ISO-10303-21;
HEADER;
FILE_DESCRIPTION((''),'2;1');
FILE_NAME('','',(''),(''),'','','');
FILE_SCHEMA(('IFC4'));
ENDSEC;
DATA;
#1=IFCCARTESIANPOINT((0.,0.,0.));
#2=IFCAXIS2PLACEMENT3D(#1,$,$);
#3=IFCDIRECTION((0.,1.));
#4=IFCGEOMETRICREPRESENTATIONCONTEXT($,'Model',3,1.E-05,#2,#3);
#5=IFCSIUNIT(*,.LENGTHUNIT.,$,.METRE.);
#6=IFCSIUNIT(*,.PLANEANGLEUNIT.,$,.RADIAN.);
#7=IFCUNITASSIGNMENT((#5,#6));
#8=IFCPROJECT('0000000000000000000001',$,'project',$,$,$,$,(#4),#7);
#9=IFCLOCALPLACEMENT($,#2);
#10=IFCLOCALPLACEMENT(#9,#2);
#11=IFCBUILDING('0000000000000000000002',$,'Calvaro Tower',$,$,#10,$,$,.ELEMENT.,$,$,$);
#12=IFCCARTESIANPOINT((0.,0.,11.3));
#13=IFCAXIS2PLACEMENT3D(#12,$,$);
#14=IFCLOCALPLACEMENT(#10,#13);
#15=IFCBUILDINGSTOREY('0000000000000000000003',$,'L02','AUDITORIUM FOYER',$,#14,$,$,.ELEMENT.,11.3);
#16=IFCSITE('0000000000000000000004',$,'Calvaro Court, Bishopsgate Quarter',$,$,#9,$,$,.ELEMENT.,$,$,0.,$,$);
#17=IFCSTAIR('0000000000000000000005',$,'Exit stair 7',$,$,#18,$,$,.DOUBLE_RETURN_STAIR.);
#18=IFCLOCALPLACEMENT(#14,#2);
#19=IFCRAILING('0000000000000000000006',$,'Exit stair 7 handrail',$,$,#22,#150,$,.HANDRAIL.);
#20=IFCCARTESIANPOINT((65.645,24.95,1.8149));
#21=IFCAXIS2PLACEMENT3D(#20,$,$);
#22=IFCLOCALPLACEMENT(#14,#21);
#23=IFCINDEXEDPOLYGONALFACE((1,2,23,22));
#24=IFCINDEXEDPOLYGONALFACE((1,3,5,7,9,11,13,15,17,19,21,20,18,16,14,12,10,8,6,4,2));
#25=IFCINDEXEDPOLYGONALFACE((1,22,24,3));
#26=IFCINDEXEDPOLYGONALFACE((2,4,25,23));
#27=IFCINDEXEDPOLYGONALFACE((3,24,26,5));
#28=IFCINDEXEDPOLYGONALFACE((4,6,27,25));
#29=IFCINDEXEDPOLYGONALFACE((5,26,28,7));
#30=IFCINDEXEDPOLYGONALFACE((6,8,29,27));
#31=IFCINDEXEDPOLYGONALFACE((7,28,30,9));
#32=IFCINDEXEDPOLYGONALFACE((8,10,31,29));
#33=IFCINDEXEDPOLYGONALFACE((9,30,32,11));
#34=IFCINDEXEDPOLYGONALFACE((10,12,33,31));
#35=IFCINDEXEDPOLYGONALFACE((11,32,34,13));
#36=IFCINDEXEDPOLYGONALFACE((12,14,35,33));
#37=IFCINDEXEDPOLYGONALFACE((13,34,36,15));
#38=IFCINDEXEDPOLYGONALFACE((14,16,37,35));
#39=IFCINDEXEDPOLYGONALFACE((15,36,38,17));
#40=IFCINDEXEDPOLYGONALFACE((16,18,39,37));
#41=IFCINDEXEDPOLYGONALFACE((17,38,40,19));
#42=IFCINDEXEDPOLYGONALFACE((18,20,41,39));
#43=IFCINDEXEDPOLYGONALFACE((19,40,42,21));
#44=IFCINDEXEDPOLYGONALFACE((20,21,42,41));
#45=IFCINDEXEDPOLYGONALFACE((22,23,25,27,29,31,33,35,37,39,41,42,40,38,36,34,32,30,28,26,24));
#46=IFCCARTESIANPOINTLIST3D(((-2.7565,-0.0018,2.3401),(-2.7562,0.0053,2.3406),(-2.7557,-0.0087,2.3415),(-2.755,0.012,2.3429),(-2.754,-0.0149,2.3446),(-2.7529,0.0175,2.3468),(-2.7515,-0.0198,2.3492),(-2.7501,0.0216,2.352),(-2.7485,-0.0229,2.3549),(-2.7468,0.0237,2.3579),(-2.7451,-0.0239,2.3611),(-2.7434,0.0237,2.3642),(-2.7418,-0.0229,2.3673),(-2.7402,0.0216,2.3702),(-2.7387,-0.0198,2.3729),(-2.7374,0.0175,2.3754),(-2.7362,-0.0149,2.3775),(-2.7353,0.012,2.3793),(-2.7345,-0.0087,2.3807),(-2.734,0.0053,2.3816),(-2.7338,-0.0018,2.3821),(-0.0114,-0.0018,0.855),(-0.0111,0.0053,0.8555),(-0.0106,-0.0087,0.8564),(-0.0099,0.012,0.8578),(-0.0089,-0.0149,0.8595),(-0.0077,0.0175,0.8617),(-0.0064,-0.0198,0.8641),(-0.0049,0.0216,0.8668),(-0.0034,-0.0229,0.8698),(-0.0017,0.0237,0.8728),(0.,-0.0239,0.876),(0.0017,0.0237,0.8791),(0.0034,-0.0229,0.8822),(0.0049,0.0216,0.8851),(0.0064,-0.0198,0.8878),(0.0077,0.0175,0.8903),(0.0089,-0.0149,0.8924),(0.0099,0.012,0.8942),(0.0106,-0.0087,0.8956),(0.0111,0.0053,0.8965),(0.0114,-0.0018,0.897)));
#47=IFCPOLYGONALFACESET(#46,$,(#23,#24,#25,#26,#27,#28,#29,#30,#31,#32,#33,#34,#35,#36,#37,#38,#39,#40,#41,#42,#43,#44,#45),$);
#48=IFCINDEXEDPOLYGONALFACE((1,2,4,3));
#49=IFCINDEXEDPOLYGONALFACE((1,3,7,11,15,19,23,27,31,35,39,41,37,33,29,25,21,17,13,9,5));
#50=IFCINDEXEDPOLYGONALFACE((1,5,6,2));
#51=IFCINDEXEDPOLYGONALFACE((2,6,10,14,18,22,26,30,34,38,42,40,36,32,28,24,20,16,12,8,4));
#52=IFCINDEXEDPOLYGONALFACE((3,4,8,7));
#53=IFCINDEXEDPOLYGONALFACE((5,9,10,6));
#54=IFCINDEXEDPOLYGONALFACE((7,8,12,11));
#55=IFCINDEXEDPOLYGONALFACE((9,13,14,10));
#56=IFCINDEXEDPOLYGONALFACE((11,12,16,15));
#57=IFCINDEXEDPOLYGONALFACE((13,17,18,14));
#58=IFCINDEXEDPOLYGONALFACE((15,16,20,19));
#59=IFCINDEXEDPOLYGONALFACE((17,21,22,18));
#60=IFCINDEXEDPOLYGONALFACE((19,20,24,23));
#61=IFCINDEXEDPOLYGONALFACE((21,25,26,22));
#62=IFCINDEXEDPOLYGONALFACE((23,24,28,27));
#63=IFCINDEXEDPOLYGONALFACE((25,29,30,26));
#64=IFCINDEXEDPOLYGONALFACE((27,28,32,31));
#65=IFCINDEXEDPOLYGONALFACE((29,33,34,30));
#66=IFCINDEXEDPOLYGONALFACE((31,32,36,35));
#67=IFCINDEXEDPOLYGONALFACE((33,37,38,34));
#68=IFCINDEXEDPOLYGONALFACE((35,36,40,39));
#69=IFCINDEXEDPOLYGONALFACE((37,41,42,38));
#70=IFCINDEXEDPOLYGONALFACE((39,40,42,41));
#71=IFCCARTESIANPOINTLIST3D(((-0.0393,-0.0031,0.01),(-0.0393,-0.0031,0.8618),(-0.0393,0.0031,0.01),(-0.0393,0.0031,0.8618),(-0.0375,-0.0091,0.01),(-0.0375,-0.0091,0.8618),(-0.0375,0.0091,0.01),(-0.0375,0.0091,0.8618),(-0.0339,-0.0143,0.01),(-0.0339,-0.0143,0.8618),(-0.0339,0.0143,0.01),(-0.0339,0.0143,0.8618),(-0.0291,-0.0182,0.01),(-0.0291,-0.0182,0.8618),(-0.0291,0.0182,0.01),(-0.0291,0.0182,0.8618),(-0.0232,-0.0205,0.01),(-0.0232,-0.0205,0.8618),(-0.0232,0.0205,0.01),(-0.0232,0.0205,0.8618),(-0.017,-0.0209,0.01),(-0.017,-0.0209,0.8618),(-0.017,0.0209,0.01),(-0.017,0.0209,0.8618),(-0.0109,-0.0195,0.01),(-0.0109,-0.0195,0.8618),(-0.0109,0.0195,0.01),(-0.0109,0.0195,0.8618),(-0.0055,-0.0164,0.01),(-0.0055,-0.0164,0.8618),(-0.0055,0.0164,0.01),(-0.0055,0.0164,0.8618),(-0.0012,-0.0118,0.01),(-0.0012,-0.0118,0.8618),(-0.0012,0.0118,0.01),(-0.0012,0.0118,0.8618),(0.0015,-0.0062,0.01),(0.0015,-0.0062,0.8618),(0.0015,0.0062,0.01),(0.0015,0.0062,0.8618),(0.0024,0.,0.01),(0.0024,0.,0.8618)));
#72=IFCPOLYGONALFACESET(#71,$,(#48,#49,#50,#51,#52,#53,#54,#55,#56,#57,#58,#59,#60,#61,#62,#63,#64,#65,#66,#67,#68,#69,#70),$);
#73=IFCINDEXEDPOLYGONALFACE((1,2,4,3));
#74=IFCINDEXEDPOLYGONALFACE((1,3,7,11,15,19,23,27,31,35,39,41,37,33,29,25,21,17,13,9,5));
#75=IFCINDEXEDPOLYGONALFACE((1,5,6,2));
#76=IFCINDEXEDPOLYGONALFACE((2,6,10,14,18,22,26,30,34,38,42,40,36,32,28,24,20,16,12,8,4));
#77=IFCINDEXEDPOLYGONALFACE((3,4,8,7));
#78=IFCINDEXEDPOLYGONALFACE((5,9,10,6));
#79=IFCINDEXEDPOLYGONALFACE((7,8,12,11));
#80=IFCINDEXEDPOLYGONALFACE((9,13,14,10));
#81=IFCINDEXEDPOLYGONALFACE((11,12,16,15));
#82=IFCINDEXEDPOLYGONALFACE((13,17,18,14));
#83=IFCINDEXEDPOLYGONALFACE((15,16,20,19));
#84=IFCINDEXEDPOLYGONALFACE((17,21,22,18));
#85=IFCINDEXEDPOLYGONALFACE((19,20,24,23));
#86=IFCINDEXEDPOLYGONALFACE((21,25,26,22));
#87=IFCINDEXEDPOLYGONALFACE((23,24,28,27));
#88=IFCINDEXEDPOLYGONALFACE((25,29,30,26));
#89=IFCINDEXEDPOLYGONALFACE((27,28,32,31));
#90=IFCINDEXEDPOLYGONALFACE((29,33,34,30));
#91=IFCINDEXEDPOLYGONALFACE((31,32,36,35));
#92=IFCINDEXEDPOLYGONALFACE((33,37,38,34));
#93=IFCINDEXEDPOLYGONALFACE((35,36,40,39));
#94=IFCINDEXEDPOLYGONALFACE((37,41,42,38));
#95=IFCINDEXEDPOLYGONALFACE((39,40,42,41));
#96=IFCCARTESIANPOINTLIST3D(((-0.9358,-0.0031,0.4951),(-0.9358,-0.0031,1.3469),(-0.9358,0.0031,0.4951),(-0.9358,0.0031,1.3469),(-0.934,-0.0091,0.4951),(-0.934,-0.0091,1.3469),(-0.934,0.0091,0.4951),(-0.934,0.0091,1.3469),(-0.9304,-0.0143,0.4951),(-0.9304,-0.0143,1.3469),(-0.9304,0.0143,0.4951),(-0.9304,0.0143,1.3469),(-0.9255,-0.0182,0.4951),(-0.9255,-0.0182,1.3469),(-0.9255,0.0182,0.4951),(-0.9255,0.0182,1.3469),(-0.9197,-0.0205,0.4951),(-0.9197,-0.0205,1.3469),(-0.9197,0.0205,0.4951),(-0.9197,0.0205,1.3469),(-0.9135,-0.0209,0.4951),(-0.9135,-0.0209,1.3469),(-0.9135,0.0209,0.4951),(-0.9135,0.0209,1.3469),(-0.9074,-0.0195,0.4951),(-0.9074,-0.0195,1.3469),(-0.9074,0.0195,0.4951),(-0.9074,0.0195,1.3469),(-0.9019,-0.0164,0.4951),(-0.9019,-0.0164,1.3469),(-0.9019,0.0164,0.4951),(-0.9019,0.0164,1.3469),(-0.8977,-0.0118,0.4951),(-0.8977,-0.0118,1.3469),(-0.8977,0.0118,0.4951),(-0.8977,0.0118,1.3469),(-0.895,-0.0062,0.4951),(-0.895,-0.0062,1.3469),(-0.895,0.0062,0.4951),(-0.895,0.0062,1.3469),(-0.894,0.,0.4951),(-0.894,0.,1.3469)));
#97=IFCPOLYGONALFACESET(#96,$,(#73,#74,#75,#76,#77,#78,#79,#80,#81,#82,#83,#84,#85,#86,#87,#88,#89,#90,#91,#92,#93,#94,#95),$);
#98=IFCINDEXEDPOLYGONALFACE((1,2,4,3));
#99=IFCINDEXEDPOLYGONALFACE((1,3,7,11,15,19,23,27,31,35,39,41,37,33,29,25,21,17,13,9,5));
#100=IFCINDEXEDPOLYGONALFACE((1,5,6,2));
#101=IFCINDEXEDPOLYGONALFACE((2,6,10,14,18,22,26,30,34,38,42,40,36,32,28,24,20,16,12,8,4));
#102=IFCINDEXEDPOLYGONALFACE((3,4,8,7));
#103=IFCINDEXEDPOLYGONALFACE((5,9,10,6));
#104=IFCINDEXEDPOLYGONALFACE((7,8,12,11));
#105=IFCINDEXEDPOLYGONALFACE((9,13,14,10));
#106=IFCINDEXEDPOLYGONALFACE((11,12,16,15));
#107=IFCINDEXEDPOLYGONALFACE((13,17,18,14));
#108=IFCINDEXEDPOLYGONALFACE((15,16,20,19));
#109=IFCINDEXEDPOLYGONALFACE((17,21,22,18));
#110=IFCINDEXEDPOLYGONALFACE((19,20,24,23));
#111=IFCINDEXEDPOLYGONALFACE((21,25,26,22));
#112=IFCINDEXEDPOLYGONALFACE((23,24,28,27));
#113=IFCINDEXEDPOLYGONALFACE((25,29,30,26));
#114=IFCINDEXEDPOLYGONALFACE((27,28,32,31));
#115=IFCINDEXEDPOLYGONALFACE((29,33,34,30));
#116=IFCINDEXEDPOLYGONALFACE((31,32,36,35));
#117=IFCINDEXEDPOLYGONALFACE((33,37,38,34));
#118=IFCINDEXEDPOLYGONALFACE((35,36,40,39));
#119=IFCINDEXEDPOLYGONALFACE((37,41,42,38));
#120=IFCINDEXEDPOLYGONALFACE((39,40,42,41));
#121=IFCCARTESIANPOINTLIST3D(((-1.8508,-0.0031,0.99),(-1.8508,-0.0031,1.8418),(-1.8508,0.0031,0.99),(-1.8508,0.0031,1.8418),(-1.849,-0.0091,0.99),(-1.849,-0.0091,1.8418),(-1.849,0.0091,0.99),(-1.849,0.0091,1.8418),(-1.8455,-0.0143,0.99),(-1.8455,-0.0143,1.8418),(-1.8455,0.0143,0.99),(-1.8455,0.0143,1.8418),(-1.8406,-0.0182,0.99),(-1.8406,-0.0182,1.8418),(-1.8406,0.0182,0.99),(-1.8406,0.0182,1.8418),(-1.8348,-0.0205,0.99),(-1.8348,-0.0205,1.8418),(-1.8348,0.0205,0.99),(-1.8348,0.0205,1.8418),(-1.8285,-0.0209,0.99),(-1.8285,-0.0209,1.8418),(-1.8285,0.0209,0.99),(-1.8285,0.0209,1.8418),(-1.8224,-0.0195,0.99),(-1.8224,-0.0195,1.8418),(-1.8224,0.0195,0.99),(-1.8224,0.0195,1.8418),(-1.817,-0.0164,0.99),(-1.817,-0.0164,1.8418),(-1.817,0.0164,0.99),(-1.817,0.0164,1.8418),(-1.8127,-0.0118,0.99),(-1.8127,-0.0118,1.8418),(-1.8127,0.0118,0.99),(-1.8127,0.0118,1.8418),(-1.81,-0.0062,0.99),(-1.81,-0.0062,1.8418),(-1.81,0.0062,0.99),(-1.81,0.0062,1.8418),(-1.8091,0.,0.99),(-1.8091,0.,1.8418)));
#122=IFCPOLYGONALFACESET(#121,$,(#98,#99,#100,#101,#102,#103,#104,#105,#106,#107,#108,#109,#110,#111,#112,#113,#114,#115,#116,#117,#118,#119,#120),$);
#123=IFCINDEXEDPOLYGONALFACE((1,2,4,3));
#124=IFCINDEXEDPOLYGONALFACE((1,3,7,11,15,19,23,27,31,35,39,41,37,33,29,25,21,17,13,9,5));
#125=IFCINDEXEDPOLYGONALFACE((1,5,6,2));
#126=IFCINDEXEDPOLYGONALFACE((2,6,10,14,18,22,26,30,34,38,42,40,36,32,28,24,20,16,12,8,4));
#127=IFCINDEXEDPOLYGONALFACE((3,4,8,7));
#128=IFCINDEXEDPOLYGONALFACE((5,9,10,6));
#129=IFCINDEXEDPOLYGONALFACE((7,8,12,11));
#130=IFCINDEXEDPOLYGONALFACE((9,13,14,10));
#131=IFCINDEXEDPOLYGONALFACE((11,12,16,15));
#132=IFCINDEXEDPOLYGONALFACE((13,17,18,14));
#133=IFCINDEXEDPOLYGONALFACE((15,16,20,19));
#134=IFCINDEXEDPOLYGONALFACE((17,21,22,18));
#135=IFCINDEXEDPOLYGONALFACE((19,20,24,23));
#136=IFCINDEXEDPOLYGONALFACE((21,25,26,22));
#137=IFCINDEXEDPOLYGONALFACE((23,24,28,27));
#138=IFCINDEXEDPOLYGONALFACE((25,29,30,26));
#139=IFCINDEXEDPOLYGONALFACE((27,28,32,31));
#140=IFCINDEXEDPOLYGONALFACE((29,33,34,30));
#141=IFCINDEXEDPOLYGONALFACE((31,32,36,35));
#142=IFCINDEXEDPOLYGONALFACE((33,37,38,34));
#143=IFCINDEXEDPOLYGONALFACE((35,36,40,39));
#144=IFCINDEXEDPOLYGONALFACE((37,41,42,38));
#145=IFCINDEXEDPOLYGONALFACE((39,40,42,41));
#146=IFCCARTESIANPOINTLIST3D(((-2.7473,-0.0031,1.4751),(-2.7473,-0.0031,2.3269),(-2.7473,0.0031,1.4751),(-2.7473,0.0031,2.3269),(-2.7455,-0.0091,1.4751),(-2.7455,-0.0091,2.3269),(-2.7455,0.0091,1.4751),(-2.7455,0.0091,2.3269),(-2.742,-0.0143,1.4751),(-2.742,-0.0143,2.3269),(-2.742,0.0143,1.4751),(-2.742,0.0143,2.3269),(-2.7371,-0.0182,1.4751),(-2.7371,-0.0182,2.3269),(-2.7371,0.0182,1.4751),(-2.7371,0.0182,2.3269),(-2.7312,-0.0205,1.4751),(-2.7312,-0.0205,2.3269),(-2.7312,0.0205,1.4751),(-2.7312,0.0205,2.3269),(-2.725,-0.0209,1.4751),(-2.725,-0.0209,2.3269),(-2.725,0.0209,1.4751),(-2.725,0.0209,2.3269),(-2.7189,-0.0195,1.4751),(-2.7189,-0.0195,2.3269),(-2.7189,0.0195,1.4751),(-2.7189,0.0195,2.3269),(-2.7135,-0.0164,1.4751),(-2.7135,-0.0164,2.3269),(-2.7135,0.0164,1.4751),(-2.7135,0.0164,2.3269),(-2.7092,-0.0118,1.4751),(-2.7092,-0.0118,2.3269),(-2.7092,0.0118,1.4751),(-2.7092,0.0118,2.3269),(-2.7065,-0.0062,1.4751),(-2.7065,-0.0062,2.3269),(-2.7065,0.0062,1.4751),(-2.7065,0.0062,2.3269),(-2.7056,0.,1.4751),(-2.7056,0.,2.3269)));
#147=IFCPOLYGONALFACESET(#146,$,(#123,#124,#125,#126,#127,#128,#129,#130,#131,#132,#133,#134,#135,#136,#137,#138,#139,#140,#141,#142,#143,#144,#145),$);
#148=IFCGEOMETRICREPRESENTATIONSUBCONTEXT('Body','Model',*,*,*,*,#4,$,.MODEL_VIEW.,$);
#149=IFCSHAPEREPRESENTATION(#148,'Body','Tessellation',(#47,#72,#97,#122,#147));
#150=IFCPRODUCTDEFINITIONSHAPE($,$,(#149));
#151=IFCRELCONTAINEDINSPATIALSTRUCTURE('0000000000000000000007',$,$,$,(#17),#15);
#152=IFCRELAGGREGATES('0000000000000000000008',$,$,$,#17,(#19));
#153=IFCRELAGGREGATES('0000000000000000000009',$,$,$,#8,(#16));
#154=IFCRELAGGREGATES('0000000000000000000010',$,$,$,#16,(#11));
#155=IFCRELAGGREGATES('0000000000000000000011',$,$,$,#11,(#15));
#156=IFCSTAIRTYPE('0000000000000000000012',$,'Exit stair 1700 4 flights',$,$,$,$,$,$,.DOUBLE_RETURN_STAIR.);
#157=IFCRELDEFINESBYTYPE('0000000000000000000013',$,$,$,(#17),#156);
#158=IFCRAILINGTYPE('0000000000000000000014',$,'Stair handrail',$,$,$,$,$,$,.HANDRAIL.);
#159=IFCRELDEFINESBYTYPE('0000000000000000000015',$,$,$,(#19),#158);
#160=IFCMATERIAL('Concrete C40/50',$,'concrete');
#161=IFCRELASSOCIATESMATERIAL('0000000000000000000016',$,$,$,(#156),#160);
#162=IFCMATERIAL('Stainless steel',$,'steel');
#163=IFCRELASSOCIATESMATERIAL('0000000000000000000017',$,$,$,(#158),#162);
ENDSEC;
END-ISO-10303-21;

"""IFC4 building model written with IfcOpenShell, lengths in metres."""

from ifc_helpers import new_model, si_unit, direction, frame, origin, origin_2d, place, context, subcontext, project, spatial, circle, extrude, material, type_object, element, aggregate, save


model = new_model("IFC4")

# Units and contexts
model_context = context("Model", 3, precision=1e-05, world=origin(), true_north=direction((0.0, 1.0)))
body_context = subcontext(model_context, "Body", "Model", "MODEL_VIEW")
ifc_project = project(units=[si_unit("LENGTHUNIT", "METRE"), si_unit("PLANEANGLEUNIT", "RADIAN")], contexts=[model_context])

# Site, building, storey
site_placement = place(None, origin())
site = spatial("IfcSite", under=ifc_project, at=site_placement, Name="Calvaro Court, Bishopsgate Quarter", CompositionType="ELEMENT", RefElevation=0.0)
building_placement = place(site_placement, origin())
building = spatial("IfcBuilding", under=site, at=building_placement, Name="Calvaro Tower", CompositionType="ELEMENT")
storey_placement = place(building_placement, frame((0.0, 0.0, 11.3)))
storey = spatial("IfcBuildingStorey", under=building, at=storey_placement, Name="L02", Description="AUDITORIUM FOYER", CompositionType="ELEMENT", Elevation=11.3)

# Stair, railing
ifc_material_1 = material(Name="Concrete C40/50", Category="concrete")
stair_type = type_object("IfcStairType", Name="Exit stair 1700 4 flights", PredefinedType="DOUBLE_RETURN_STAIR", material=ifc_material_1)
stair_placement = place(storey_placement, origin())
stair = element("IfcStair", 1, at=stair_placement, inside=storey, type_object=stair_type, Name="Exit stair 7", PredefinedType="DOUBLE_RETURN_STAIR")
ifc_material_2 = material(Name="Stainless steel", Category="steel")
railing_type = type_object("IfcRailingType", Name="Stair handrail", PredefinedType="HANDRAIL", material=ifc_material_2)
railing_1_placement = place(storey_placement, frame((65.645, 24.95, 1.8149)))
railing_1 = element("IfcRailing", 2, at=railing_1_placement, type_object=railing_type, Name="Exit stair 7 handrail", PredefinedType="HANDRAIL", context=body_context, shape_type="SweptSolid", body=[
    extrude(circle(Radius=0.0239, at=origin_2d()), frame((0.0, 0.0, 0.876), z_axis=(-0.879538, 0.0, 0.475829), x_axis=(0.0, -1.0, 0.0)), (0.0, 0.0, 1.0), 3.1211),
    extrude(circle(Radius=0.021, at=origin_2d()), frame((-0.0186, 0.0, 0.01)), (0.0, 0.0, 1.0), 0.8518),
    extrude(circle(Radius=0.021, at=origin_2d()), frame((-0.915, 0.0, 0.4951)), (0.0, 0.0, 1.0), 0.8518),
    extrude(circle(Radius=0.021, at=origin_2d()), frame((-1.8301, 0.0, 0.99)), (0.0, 0.0, 1.0), 0.8518),
    extrude(circle(Radius=0.021, at=origin_2d()), frame((-2.7266, 0.0, 1.4751)), (0.0, 0.0, 1.0), 0.8518),
])
aggregate(stair, [railing_1])

save(model, "model.ifc")
